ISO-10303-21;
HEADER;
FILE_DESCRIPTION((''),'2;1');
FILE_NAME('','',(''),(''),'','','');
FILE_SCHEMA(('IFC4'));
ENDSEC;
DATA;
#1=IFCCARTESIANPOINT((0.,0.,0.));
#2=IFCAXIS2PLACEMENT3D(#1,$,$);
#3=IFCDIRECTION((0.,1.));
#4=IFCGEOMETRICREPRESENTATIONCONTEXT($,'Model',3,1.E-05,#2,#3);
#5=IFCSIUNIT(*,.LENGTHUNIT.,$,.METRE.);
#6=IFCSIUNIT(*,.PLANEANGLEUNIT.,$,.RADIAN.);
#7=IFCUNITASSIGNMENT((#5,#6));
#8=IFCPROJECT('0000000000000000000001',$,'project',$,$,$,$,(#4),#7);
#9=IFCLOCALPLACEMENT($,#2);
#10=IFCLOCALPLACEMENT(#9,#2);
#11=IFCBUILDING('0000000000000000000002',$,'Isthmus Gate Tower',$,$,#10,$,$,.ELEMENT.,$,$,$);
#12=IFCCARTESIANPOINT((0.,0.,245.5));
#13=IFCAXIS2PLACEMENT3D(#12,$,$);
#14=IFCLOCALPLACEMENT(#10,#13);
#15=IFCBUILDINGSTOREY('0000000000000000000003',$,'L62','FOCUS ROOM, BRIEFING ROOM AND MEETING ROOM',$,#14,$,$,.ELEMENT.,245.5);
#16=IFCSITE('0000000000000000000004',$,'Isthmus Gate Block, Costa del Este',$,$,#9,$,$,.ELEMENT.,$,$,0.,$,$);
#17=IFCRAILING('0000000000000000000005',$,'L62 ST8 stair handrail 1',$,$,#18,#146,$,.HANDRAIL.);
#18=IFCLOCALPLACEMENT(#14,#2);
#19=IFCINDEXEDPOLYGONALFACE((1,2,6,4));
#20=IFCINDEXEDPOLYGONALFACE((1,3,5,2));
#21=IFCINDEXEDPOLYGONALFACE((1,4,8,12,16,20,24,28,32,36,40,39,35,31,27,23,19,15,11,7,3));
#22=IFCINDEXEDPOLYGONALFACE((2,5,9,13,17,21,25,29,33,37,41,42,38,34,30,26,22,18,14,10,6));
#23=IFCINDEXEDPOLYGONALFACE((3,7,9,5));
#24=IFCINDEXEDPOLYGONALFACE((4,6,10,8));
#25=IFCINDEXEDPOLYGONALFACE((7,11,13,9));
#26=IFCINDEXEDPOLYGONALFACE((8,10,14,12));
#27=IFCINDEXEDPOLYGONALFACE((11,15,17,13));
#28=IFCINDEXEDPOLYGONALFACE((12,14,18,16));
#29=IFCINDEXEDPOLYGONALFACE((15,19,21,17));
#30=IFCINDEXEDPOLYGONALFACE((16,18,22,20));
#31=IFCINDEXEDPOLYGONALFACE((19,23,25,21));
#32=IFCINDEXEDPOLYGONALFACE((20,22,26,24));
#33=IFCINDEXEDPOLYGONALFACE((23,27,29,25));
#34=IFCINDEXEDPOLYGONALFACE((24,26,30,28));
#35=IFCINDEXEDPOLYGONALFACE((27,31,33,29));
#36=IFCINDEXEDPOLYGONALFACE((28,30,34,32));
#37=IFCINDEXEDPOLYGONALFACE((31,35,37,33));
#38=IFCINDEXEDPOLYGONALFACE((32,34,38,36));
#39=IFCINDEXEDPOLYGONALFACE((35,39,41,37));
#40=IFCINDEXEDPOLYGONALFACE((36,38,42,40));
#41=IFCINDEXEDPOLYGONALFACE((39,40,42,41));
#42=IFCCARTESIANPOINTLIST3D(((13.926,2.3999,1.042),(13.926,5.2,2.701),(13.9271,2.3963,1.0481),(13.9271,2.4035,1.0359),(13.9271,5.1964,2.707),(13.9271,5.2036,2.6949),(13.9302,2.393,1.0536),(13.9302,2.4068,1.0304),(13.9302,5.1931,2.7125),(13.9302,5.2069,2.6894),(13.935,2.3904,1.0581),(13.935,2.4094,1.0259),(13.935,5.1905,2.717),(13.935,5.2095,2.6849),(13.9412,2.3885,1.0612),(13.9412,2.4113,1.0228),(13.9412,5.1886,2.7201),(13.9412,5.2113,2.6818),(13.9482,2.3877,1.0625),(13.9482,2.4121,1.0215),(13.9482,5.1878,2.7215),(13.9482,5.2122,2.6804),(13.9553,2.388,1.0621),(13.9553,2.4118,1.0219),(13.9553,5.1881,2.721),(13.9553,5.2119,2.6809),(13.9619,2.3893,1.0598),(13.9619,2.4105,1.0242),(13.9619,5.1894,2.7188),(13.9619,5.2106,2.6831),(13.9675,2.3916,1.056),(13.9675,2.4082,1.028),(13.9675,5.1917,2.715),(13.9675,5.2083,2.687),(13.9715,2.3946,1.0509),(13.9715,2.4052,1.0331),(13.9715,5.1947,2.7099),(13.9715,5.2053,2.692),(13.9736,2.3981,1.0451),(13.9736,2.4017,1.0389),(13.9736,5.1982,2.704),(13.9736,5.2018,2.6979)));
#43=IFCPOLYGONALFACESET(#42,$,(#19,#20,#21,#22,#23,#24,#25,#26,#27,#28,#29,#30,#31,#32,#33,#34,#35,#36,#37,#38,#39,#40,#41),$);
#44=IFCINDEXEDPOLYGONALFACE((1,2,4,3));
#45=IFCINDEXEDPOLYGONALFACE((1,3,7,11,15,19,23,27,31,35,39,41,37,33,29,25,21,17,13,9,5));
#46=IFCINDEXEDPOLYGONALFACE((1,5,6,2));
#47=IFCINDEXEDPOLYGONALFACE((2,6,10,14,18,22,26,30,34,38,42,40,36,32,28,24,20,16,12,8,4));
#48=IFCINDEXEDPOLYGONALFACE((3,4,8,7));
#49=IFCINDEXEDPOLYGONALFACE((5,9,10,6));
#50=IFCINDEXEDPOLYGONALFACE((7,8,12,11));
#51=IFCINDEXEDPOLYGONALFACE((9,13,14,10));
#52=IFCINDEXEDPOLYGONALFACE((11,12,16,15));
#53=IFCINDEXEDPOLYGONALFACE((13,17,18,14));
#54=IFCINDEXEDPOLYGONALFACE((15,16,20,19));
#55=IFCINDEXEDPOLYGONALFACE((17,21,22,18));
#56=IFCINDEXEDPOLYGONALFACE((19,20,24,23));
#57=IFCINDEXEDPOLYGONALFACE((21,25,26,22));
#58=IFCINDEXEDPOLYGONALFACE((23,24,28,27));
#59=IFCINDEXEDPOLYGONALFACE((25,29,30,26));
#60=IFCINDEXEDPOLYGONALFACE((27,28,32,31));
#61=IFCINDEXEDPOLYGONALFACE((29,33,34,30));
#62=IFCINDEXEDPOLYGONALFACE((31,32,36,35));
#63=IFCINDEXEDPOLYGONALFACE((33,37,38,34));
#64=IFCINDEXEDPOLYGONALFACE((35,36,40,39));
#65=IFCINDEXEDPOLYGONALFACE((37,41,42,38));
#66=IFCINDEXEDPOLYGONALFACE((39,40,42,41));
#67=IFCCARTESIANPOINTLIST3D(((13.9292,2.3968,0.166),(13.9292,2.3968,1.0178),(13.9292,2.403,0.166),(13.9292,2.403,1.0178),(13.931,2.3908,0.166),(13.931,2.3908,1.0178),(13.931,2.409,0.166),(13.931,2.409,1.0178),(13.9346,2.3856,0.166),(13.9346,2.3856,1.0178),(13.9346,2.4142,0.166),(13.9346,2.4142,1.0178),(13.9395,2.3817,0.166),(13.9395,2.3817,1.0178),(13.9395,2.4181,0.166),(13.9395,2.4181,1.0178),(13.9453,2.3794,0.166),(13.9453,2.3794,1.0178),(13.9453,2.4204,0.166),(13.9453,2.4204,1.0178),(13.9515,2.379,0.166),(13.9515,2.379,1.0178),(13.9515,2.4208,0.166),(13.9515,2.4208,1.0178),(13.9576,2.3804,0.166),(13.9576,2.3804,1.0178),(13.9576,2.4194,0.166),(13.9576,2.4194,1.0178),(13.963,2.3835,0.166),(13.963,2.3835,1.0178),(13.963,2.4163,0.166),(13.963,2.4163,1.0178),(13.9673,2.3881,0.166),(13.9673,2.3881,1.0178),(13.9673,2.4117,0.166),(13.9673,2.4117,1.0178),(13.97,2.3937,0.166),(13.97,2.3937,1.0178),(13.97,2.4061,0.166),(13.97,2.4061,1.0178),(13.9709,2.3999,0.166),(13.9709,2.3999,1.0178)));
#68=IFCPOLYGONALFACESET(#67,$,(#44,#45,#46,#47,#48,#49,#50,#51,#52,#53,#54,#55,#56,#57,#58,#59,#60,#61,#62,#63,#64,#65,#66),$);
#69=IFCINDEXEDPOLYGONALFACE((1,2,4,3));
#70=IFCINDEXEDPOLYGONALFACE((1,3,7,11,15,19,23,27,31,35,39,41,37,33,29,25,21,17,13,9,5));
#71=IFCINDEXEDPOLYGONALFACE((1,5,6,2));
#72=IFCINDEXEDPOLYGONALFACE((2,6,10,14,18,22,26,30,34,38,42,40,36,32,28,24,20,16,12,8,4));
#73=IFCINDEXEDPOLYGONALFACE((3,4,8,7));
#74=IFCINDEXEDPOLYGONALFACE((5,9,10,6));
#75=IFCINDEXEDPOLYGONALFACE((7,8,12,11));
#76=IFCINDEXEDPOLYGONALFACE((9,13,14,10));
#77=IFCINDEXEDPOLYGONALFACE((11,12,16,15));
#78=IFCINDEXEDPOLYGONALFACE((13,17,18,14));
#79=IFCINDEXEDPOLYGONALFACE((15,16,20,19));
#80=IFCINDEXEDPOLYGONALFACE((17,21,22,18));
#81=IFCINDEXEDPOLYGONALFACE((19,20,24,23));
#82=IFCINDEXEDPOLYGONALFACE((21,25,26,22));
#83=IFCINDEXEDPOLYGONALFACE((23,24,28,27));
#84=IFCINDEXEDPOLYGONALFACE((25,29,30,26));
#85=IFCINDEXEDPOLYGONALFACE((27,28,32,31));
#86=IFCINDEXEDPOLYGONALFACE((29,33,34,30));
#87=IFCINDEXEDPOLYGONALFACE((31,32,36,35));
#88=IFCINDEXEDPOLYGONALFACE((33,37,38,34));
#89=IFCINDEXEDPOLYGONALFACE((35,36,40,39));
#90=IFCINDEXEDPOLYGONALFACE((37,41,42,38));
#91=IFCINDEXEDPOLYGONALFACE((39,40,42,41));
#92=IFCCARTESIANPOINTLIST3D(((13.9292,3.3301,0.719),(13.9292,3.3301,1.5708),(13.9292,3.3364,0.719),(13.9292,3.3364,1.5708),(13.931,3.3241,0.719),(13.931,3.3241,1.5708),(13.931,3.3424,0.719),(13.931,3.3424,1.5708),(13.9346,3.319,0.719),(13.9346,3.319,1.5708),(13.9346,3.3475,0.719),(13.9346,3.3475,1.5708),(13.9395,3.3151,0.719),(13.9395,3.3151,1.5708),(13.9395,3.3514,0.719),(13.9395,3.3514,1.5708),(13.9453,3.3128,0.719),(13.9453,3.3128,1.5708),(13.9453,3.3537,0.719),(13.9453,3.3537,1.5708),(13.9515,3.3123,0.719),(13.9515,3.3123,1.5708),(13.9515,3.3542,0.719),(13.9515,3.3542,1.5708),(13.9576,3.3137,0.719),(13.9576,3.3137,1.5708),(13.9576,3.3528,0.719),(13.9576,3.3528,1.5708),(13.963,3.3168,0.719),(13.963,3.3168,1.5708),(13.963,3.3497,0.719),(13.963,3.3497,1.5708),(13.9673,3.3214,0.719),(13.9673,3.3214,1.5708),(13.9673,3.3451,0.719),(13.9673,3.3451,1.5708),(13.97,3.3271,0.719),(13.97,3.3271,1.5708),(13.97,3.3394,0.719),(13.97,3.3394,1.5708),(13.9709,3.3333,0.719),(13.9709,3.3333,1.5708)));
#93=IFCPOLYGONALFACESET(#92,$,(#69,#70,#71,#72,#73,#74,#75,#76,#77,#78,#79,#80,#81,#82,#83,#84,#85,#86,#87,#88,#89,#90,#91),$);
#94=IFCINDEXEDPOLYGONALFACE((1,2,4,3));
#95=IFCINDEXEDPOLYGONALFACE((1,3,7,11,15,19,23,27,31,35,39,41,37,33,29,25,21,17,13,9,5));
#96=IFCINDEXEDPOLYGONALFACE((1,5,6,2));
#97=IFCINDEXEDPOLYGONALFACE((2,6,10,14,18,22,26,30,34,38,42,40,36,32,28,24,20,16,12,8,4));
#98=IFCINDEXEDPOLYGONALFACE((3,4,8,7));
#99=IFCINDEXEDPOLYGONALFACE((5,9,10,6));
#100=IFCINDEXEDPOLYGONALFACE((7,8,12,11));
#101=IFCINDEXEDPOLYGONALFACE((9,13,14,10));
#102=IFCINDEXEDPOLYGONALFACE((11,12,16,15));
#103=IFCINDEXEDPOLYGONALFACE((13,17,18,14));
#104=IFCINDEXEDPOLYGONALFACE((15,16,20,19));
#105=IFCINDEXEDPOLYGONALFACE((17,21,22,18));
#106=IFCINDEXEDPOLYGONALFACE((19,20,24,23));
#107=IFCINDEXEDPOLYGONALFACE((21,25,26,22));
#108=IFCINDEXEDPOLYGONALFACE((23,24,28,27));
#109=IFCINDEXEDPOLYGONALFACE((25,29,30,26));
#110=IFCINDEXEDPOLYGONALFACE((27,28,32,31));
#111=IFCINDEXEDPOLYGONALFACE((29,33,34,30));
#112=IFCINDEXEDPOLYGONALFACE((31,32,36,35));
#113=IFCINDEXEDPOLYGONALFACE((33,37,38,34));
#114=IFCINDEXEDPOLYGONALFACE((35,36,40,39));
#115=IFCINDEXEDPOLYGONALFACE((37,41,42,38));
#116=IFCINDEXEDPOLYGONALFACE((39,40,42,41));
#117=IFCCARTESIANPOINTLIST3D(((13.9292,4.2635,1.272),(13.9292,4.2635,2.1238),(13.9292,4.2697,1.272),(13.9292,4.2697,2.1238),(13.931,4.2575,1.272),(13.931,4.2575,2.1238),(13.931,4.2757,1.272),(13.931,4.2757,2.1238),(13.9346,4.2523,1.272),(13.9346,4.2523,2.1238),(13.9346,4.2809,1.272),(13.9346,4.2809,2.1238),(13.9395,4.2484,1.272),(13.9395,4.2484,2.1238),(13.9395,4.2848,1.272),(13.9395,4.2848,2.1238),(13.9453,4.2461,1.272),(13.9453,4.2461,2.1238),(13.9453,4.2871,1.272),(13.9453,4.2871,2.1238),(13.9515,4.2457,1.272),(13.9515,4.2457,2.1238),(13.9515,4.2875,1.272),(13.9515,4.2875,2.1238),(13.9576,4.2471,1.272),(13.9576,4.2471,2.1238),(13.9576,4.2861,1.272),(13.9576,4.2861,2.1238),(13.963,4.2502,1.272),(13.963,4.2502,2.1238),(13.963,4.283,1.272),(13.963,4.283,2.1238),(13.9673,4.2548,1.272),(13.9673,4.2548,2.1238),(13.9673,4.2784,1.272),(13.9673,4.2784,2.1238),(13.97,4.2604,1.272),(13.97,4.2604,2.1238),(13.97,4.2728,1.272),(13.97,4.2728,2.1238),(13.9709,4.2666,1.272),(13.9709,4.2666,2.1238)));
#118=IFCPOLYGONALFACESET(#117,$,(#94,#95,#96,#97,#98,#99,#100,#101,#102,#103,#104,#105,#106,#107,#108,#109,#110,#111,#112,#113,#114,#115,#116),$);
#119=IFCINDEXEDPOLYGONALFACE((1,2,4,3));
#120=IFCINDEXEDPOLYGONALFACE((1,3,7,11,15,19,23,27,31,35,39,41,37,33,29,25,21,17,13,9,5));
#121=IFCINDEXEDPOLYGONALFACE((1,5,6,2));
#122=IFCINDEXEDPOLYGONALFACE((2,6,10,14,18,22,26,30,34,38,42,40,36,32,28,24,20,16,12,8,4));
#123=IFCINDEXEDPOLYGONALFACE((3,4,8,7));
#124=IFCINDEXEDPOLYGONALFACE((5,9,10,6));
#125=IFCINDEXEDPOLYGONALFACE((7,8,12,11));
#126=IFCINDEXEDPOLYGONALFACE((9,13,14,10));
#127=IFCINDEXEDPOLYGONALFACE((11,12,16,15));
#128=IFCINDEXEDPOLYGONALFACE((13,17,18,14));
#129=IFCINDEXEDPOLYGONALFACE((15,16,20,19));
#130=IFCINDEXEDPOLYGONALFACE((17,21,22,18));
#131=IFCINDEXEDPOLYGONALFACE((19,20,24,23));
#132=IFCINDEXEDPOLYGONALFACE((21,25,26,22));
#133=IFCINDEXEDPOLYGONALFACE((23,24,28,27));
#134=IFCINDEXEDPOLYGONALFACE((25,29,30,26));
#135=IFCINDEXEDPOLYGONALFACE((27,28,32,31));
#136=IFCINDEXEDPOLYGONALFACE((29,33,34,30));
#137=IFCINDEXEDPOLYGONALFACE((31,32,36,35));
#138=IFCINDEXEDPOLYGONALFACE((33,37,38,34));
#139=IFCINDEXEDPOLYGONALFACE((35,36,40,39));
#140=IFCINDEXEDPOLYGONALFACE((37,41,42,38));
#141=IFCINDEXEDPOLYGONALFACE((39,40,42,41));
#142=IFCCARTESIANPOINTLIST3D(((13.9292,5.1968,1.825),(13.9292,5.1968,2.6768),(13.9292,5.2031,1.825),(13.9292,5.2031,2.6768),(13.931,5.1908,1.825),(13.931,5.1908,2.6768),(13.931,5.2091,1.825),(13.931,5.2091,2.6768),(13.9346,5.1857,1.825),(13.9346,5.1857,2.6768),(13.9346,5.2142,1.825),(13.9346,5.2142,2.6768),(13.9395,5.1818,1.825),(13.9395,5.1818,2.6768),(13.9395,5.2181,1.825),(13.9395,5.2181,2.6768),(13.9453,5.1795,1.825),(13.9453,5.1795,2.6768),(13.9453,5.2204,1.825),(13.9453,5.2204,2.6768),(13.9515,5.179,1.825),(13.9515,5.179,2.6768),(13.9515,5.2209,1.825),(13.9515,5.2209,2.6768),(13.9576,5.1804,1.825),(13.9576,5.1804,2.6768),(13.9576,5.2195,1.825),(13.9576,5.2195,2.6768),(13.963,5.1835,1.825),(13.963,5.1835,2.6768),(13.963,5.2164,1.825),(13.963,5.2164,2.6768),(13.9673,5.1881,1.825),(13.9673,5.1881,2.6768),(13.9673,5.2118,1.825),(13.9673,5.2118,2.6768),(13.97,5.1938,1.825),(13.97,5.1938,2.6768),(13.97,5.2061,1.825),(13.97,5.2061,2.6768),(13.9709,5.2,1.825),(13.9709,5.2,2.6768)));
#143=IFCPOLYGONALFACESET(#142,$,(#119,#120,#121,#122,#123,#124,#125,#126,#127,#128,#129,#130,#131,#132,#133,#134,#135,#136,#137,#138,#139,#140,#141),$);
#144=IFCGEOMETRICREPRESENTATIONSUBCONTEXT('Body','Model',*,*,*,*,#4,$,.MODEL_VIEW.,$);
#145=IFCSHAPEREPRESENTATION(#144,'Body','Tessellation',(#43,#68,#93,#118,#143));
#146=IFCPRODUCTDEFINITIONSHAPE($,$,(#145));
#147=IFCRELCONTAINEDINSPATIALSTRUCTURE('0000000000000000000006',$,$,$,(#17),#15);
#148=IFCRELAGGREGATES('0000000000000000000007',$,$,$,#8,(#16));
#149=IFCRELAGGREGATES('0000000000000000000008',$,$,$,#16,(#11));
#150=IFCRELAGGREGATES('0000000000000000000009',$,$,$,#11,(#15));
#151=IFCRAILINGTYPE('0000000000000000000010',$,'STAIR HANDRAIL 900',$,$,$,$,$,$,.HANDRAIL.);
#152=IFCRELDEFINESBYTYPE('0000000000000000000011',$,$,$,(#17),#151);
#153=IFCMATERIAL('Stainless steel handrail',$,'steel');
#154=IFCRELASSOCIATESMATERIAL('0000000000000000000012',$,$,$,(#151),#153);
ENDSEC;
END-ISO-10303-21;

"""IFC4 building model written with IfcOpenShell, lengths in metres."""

from ifc_helpers import new_model, si_unit, direction, frame, origin, origin_2d, place, context, subcontext, project, spatial, circle, extrude, material, type_object, element, save


model = new_model("IFC4")

# Units and contexts
model_context = context("Model", 3, precision=1e-05, world=origin(), true_north=direction((0.0, 1.0)))
body_context = subcontext(model_context, "Body", "Model", "MODEL_VIEW")
ifc_project = project(units=[si_unit("LENGTHUNIT", "METRE"), si_unit("PLANEANGLEUNIT", "RADIAN")], contexts=[model_context])

# Site, building, storey
site_placement = place(None, origin())
site = spatial("IfcSite", under=ifc_project, at=site_placement, Name="Isthmus Gate Block, Costa del Este", CompositionType="ELEMENT", RefElevation=0.0)
building_placement = place(site_placement, origin())
building = spatial("IfcBuilding", under=site, at=building_placement, Name="Isthmus Gate Tower", CompositionType="ELEMENT")
storey_placement = place(building_placement, frame((0.0, 0.0, 245.5)))
storey = spatial("IfcBuildingStorey", under=building, at=storey_placement, Name="L62", Description="FOCUS ROOM, BRIEFING ROOM AND MEETING ROOM", CompositionType="ELEMENT", Elevation=245.5)

# Railing
ifc_material_1 = material(Name="Stainless steel handrail", Category="steel")
railing_type_1 = type_object("IfcRailingType", Name="STAIR HANDRAIL 900", PredefinedType="HANDRAIL", material=ifc_material_1)
railing_1_placement = place(storey_placement, frame((13.95, 2.3999, 0.166)))
element("IfcRailing", 1, at=railing_1_placement, inside=storey, type_object=railing_type_1, Name="L62 ST8 stair handrail 1", PredefinedType="HANDRAIL", context=body_context, shape_type="SweptSolid", body=[
    extrude(circle(Radius=0.0239, at=origin_2d()), frame((0.0, 0.0, 0.876), z_axis=(0.0, 0.860339, 0.509722), x_axis=(-1.0, 0.0, 0.0)), (0.0, 0.0, 1.0), 3.2546),
    extrude(circle(Radius=0.021, at=origin_2d()), origin(), (0.0, 0.0, 1.0), 0.8518),
    extrude(circle(Radius=0.021, at=origin_2d()), frame((0.0, 0.9333, 0.553)), (0.0, 0.0, 1.0), 0.8518),
    extrude(circle(Radius=0.021, at=origin_2d()), frame((0.0, 1.8667, 1.106)), (0.0, 0.0, 1.0), 0.8518),
    extrude(circle(Radius=0.021, at=origin_2d()), frame((0.0, 2.8, 1.6589)), (0.0, 0.0, 1.0), 0.8518),
])

save(model, "model.ifc")
